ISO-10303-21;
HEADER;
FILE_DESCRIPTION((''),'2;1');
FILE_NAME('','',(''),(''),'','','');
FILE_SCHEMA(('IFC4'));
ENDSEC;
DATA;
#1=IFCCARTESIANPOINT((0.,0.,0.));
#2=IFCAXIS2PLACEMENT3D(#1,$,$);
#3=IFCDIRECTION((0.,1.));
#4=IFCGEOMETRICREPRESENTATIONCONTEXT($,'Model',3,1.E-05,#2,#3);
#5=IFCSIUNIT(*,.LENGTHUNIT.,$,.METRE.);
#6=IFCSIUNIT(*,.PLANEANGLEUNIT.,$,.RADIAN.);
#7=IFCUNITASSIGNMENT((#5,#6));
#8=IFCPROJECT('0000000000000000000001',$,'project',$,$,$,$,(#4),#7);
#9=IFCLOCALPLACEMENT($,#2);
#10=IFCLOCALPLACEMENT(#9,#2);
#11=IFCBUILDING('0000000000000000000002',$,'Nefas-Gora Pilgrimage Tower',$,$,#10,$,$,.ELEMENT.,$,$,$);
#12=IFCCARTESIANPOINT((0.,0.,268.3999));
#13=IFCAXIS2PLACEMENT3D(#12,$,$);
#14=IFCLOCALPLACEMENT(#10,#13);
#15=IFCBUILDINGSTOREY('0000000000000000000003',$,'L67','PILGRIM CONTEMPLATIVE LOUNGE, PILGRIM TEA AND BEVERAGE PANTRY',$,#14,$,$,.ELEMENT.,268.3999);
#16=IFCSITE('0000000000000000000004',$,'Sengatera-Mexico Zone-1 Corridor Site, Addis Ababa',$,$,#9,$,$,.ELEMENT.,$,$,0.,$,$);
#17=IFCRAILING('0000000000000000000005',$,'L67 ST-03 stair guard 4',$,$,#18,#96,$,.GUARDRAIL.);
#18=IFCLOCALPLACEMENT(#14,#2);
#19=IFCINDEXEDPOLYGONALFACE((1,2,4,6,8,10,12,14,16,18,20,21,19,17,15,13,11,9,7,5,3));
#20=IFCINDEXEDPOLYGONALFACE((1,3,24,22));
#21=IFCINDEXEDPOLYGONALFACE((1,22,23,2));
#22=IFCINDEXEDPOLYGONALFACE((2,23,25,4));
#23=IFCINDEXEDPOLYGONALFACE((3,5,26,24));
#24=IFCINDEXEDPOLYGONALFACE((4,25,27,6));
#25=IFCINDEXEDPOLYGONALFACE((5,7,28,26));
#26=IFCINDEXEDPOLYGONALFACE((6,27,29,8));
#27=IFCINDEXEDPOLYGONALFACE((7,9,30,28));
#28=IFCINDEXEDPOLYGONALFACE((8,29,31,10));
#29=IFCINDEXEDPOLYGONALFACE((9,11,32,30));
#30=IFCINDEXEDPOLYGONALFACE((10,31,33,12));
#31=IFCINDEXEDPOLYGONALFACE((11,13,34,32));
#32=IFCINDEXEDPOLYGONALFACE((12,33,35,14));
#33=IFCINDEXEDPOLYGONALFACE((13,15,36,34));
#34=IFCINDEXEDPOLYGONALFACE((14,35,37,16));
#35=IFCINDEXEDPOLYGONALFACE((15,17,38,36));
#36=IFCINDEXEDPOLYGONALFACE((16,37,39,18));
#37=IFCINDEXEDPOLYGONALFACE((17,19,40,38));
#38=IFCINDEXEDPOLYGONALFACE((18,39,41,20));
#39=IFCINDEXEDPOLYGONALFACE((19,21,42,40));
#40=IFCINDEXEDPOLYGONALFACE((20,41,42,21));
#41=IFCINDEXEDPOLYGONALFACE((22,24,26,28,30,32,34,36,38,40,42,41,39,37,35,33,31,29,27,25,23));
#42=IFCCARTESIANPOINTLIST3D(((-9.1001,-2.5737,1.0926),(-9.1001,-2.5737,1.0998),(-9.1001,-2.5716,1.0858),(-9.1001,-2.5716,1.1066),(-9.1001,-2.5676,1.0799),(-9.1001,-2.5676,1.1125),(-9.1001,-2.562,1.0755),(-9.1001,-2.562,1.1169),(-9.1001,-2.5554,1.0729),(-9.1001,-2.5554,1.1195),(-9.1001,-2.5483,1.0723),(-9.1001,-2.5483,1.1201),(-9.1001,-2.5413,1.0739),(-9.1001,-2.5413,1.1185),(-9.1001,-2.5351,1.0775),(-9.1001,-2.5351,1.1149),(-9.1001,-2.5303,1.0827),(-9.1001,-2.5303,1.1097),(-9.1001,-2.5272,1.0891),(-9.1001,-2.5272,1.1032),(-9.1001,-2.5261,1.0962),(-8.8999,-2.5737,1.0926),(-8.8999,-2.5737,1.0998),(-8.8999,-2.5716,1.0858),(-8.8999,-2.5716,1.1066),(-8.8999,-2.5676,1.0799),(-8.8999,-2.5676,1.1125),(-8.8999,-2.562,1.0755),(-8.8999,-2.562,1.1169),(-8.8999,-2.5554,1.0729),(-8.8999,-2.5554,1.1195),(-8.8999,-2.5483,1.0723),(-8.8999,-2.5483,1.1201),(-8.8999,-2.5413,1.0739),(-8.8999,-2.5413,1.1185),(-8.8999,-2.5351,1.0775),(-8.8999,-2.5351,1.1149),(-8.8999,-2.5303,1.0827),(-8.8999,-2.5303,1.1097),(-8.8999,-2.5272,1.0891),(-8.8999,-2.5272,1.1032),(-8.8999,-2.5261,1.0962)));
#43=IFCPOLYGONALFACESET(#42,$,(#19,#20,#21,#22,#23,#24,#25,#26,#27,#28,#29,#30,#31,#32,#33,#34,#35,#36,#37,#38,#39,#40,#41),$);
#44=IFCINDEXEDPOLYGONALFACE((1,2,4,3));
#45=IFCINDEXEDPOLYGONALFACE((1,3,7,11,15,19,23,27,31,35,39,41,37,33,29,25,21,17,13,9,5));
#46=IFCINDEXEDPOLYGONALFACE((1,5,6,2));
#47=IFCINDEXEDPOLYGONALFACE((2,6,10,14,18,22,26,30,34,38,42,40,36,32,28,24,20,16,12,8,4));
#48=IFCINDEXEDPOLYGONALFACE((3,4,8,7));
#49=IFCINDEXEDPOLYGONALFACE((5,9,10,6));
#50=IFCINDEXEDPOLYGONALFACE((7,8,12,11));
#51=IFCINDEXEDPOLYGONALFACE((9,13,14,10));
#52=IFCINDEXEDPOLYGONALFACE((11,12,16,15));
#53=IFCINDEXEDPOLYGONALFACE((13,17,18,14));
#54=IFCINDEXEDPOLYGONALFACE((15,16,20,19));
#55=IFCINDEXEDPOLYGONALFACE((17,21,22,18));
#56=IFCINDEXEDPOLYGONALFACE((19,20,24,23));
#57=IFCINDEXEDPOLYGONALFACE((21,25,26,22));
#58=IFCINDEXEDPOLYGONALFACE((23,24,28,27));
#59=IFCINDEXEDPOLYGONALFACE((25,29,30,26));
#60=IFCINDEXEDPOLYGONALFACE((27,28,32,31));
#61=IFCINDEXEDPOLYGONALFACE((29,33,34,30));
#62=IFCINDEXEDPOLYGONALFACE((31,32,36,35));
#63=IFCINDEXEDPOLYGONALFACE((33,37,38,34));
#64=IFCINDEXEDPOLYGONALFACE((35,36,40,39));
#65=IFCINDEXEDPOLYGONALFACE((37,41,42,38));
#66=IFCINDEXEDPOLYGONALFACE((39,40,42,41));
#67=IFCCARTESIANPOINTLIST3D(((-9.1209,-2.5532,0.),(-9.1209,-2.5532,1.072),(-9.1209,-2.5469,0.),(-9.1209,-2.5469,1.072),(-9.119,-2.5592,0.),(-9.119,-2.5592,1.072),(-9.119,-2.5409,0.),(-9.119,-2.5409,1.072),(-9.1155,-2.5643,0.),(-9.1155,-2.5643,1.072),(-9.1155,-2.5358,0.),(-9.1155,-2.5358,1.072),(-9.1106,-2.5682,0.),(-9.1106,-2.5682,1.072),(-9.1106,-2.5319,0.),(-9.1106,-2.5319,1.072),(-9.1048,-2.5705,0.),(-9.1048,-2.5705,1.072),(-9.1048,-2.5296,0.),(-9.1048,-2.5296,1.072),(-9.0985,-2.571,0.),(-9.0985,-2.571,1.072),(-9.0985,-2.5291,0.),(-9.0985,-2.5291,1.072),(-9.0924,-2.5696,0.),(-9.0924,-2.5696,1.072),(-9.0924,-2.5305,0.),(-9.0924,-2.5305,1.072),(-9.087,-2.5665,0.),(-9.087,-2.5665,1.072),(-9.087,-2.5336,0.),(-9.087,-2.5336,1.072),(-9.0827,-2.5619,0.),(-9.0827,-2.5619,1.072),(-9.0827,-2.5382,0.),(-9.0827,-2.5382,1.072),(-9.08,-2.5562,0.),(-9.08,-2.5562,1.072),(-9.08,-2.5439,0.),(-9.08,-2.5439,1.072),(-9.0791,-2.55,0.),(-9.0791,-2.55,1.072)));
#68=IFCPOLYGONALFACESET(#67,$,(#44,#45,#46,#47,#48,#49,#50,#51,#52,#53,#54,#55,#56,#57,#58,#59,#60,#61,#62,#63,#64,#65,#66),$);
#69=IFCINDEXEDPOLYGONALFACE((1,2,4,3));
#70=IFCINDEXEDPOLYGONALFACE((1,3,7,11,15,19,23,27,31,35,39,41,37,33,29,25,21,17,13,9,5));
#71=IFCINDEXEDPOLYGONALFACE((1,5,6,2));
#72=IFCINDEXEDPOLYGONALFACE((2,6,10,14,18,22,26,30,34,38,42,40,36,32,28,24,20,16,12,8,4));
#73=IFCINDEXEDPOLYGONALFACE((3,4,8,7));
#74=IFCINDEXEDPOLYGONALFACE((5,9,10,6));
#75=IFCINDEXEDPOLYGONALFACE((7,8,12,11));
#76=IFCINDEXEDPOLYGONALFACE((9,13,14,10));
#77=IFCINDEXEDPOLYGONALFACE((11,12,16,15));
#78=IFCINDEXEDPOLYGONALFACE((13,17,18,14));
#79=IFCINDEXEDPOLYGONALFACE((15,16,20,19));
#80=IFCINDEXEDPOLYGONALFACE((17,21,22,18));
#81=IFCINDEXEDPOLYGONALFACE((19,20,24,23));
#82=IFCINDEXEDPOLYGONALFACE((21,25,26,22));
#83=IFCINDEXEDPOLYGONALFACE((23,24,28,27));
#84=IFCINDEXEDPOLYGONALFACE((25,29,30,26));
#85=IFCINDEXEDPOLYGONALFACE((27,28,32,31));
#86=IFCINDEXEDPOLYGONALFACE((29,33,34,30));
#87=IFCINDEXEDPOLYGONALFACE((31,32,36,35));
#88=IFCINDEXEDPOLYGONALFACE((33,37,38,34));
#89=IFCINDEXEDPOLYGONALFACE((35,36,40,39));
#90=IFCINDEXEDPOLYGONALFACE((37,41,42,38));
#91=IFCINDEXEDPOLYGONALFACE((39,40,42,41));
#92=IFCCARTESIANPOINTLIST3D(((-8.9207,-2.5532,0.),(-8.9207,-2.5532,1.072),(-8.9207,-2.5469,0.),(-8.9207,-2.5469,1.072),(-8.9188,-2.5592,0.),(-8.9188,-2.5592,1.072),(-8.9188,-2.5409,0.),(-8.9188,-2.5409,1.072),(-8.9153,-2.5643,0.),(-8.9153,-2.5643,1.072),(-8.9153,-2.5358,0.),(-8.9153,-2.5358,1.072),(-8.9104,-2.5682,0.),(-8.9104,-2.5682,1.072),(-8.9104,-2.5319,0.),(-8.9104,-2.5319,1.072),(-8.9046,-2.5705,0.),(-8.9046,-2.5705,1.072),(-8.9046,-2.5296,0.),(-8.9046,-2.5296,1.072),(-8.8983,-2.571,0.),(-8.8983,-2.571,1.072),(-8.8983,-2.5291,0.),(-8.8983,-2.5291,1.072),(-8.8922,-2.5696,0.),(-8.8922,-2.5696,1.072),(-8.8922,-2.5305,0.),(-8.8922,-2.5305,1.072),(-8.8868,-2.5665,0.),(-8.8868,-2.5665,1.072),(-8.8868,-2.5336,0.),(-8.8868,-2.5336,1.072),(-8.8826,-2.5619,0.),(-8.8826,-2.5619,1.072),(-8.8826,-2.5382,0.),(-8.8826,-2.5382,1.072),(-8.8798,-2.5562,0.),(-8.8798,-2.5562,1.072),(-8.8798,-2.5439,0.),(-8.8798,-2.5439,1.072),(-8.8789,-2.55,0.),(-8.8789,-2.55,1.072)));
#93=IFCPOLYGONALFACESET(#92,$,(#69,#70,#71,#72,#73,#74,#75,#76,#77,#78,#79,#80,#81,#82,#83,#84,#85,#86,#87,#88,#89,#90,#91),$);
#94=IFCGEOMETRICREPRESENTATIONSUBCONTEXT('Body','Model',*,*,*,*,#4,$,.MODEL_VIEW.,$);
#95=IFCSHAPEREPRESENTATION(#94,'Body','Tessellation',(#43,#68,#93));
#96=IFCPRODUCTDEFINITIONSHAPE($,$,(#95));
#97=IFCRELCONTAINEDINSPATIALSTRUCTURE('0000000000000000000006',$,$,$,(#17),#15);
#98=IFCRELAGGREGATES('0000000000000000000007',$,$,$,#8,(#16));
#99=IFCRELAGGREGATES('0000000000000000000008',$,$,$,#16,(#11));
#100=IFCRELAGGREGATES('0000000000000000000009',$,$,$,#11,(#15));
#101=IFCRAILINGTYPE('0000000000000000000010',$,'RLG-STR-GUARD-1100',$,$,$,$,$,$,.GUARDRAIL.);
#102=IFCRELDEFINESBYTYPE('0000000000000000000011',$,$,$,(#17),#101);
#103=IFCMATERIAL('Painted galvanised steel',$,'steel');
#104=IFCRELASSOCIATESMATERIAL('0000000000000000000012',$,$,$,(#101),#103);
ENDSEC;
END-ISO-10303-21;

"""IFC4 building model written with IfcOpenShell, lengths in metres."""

from ifc_helpers import new_model, si_unit, direction, frame, origin, origin_2d, place, context, subcontext, project, spatial, circle, extrude, material, type_object, element, save


model = new_model("IFC4")

# Units and contexts
model_context = context("Model", 3, precision=1e-05, world=origin(), true_north=direction((0.0, 1.0)))
body_context = subcontext(model_context, "Body", "Model", "MODEL_VIEW")
ifc_project = project(units=[si_unit("LENGTHUNIT", "METRE"), si_unit("PLANEANGLEUNIT", "RADIAN")], contexts=[model_context])

# Site, building, storey
site_placement = place(None, origin())
site = spatial("IfcSite", under=ifc_project, at=site_placement, Name="Sengatera-Mexico Zone-1 Corridor Site, Addis Ababa", CompositionType="ELEMENT", RefElevation=0.0)
building_placement = place(site_placement, origin())
building = spatial("IfcBuilding", under=site, at=building_placement, Name="Nefas-Gora Pilgrimage Tower", CompositionType="ELEMENT")
storey_placement = place(building_placement, frame((0.0, 0.0, 268.3999)))
storey = spatial("IfcBuildingStorey", under=building, at=storey_placement, Name="L67", Description="PILGRIM CONTEMPLATIVE LOUNGE, PILGRIM TEA AND BEVERAGE PANTRY", CompositionType="ELEMENT", Elevation=268.3999)

# Railing
ifc_material_1 = material(Name="Painted galvanised steel", Category="steel")
railing_type_1 = type_object("IfcRailingType", Name="RLG-STR-GUARD-1100", PredefinedType="GUARDRAIL", material=ifc_material_1)
railing_1_placement = place(storey_placement, frame((-9.1001, -2.55, 0.0)))
element("IfcRailing", 1, at=railing_1_placement, inside=storey, type_object=railing_type_1, Name="L67 ST-03 stair guard 4", PredefinedType="GUARDRAIL", context=body_context, shape_type="SweptSolid", body=[
    extrude(circle(Radius=0.0239, at=origin_2d()), frame((0.0, 0.0, 1.0962), z_axis=(1.0, 0.0, 0.0), x_axis=(0.0, 1.0, 0.0)), (0.0, 0.0, 1.0), 0.2002),
    extrude(circle(Radius=0.021, at=origin_2d()), origin(), (0.0, 0.0, 1.0), 1.072),
    extrude(circle(Radius=0.021, at=origin_2d()), frame((0.2002, 0.0, 0.0)), (0.0, 0.0, 1.0), 1.072),
])

save(model, "model.ifc")
